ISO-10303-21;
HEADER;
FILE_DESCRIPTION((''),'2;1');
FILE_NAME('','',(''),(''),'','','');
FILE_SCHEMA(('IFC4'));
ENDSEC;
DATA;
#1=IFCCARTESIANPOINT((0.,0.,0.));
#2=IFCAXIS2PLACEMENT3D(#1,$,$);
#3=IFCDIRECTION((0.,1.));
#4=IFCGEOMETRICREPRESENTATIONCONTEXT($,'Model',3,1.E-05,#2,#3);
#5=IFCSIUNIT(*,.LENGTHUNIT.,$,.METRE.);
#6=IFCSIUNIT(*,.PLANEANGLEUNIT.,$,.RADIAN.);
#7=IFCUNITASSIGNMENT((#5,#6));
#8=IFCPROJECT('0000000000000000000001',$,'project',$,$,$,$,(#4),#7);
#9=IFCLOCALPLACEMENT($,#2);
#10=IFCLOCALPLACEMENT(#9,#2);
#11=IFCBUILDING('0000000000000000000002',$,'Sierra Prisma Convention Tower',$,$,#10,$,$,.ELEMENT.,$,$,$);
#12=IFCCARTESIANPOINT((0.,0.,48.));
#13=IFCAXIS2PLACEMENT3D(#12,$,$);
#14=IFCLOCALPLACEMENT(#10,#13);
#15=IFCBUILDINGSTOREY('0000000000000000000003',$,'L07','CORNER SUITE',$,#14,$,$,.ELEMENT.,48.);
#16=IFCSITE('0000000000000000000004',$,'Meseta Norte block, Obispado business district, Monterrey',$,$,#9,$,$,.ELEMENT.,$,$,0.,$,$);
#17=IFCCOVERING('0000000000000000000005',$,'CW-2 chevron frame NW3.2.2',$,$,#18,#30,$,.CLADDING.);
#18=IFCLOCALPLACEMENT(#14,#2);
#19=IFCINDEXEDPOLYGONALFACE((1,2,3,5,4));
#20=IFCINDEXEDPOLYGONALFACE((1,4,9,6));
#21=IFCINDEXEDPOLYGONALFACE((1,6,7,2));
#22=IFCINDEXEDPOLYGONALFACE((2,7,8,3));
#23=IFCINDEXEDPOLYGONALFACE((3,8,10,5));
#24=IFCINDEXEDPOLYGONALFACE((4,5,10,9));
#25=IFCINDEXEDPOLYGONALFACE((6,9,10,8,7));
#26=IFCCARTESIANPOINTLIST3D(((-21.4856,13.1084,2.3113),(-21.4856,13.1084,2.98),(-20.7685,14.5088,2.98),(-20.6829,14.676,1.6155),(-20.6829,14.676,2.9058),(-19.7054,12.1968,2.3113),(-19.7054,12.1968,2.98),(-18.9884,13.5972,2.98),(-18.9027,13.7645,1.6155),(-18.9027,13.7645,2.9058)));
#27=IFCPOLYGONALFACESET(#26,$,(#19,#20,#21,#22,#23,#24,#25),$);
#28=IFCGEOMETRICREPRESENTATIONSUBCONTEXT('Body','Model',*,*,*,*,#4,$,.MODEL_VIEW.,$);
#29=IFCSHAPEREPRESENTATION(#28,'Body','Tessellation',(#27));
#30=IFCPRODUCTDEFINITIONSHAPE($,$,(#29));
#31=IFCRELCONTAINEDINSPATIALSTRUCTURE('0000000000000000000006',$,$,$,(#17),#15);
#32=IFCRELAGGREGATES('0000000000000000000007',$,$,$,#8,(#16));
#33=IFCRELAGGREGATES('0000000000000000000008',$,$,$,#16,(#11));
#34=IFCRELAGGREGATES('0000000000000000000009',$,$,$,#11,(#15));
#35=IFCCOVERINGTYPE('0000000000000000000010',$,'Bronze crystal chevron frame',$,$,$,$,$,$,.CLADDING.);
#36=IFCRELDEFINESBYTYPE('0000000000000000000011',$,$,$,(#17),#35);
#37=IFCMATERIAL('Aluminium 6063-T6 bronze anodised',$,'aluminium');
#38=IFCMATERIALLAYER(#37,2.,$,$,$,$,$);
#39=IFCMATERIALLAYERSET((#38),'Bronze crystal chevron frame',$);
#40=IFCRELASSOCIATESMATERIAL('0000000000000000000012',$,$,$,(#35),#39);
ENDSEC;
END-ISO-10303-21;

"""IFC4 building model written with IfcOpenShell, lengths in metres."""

from ifc_helpers import new_model, si_unit, direction, frame, origin, place, context, subcontext, project, spatial, polyline, outline, extrude, material, layer, layer_set, type_object, element, save


model = new_model("IFC4")

# Units and contexts
model_context = context("Model", 3, precision=1e-05, world=origin(), true_north=direction((0.0, 1.0)))
body_context = subcontext(model_context, "Body", "Model", "MODEL_VIEW")
ifc_project = project(units=[si_unit("LENGTHUNIT", "METRE"), si_unit("PLANEANGLEUNIT", "RADIAN")], contexts=[model_context])

# Site, building, storey
site_placement = place(None, origin())
site = spatial("IfcSite", under=ifc_project, at=site_placement, Name="Meseta Norte block, Obispado business district, Monterrey", CompositionType="ELEMENT", RefElevation=0.0)
building_placement = place(site_placement, origin())
building = spatial("IfcBuilding", under=site, at=building_placement, Name="Sierra Prisma Convention Tower", CompositionType="ELEMENT")
storey_placement = place(building_placement, frame((0.0, 0.0, 48.0)))
storey = spatial("IfcBuildingStorey", under=building, at=storey_placement, Name="L07", Description="CORNER SUITE", CompositionType="ELEMENT", Elevation=48.0)

# Covering
ifc_material_1 = material(Name="Aluminium 6063-T6 bronze anodised", Category="aluminium")
ifc_layer_1 = layer(ifc_material_1, 2.0)
ifc_layer_set_1 = layer_set([ifc_layer_1], Name="Bronze crystal chevron frame")
covering_type = type_object("IfcCoveringType", Name="Bronze crystal chevron frame", PredefinedType="CLADDING", material=ifc_layer_set_1)
covering_1_placement = place(storey_placement, frame((-20.6829, 14.676, 1.6155), z_axis=(-0.890089, 0.455787, -0.000025), x_axis=(-0.423912, -0.827822, 0.367436)))
element("IfcCovering", 1, at=covering_1_placement, inside=storey, type_object=covering_type, Name="CW-2 chevron frame NW3.2.2", PredefinedType="CLADDING", context=body_context, shape_type="SweptSolid", body=[
    extrude(outline(polyline([(0.0, 0.0), (1.8937, 0.0), (2.1394, 0.6219), (0.6761, 1.2), (0.4741, 1.2), (0.0, 0.0)])), origin(), (0.0, 0.0, -1.0), 2.0),
])

save(model, "model.ifc")
